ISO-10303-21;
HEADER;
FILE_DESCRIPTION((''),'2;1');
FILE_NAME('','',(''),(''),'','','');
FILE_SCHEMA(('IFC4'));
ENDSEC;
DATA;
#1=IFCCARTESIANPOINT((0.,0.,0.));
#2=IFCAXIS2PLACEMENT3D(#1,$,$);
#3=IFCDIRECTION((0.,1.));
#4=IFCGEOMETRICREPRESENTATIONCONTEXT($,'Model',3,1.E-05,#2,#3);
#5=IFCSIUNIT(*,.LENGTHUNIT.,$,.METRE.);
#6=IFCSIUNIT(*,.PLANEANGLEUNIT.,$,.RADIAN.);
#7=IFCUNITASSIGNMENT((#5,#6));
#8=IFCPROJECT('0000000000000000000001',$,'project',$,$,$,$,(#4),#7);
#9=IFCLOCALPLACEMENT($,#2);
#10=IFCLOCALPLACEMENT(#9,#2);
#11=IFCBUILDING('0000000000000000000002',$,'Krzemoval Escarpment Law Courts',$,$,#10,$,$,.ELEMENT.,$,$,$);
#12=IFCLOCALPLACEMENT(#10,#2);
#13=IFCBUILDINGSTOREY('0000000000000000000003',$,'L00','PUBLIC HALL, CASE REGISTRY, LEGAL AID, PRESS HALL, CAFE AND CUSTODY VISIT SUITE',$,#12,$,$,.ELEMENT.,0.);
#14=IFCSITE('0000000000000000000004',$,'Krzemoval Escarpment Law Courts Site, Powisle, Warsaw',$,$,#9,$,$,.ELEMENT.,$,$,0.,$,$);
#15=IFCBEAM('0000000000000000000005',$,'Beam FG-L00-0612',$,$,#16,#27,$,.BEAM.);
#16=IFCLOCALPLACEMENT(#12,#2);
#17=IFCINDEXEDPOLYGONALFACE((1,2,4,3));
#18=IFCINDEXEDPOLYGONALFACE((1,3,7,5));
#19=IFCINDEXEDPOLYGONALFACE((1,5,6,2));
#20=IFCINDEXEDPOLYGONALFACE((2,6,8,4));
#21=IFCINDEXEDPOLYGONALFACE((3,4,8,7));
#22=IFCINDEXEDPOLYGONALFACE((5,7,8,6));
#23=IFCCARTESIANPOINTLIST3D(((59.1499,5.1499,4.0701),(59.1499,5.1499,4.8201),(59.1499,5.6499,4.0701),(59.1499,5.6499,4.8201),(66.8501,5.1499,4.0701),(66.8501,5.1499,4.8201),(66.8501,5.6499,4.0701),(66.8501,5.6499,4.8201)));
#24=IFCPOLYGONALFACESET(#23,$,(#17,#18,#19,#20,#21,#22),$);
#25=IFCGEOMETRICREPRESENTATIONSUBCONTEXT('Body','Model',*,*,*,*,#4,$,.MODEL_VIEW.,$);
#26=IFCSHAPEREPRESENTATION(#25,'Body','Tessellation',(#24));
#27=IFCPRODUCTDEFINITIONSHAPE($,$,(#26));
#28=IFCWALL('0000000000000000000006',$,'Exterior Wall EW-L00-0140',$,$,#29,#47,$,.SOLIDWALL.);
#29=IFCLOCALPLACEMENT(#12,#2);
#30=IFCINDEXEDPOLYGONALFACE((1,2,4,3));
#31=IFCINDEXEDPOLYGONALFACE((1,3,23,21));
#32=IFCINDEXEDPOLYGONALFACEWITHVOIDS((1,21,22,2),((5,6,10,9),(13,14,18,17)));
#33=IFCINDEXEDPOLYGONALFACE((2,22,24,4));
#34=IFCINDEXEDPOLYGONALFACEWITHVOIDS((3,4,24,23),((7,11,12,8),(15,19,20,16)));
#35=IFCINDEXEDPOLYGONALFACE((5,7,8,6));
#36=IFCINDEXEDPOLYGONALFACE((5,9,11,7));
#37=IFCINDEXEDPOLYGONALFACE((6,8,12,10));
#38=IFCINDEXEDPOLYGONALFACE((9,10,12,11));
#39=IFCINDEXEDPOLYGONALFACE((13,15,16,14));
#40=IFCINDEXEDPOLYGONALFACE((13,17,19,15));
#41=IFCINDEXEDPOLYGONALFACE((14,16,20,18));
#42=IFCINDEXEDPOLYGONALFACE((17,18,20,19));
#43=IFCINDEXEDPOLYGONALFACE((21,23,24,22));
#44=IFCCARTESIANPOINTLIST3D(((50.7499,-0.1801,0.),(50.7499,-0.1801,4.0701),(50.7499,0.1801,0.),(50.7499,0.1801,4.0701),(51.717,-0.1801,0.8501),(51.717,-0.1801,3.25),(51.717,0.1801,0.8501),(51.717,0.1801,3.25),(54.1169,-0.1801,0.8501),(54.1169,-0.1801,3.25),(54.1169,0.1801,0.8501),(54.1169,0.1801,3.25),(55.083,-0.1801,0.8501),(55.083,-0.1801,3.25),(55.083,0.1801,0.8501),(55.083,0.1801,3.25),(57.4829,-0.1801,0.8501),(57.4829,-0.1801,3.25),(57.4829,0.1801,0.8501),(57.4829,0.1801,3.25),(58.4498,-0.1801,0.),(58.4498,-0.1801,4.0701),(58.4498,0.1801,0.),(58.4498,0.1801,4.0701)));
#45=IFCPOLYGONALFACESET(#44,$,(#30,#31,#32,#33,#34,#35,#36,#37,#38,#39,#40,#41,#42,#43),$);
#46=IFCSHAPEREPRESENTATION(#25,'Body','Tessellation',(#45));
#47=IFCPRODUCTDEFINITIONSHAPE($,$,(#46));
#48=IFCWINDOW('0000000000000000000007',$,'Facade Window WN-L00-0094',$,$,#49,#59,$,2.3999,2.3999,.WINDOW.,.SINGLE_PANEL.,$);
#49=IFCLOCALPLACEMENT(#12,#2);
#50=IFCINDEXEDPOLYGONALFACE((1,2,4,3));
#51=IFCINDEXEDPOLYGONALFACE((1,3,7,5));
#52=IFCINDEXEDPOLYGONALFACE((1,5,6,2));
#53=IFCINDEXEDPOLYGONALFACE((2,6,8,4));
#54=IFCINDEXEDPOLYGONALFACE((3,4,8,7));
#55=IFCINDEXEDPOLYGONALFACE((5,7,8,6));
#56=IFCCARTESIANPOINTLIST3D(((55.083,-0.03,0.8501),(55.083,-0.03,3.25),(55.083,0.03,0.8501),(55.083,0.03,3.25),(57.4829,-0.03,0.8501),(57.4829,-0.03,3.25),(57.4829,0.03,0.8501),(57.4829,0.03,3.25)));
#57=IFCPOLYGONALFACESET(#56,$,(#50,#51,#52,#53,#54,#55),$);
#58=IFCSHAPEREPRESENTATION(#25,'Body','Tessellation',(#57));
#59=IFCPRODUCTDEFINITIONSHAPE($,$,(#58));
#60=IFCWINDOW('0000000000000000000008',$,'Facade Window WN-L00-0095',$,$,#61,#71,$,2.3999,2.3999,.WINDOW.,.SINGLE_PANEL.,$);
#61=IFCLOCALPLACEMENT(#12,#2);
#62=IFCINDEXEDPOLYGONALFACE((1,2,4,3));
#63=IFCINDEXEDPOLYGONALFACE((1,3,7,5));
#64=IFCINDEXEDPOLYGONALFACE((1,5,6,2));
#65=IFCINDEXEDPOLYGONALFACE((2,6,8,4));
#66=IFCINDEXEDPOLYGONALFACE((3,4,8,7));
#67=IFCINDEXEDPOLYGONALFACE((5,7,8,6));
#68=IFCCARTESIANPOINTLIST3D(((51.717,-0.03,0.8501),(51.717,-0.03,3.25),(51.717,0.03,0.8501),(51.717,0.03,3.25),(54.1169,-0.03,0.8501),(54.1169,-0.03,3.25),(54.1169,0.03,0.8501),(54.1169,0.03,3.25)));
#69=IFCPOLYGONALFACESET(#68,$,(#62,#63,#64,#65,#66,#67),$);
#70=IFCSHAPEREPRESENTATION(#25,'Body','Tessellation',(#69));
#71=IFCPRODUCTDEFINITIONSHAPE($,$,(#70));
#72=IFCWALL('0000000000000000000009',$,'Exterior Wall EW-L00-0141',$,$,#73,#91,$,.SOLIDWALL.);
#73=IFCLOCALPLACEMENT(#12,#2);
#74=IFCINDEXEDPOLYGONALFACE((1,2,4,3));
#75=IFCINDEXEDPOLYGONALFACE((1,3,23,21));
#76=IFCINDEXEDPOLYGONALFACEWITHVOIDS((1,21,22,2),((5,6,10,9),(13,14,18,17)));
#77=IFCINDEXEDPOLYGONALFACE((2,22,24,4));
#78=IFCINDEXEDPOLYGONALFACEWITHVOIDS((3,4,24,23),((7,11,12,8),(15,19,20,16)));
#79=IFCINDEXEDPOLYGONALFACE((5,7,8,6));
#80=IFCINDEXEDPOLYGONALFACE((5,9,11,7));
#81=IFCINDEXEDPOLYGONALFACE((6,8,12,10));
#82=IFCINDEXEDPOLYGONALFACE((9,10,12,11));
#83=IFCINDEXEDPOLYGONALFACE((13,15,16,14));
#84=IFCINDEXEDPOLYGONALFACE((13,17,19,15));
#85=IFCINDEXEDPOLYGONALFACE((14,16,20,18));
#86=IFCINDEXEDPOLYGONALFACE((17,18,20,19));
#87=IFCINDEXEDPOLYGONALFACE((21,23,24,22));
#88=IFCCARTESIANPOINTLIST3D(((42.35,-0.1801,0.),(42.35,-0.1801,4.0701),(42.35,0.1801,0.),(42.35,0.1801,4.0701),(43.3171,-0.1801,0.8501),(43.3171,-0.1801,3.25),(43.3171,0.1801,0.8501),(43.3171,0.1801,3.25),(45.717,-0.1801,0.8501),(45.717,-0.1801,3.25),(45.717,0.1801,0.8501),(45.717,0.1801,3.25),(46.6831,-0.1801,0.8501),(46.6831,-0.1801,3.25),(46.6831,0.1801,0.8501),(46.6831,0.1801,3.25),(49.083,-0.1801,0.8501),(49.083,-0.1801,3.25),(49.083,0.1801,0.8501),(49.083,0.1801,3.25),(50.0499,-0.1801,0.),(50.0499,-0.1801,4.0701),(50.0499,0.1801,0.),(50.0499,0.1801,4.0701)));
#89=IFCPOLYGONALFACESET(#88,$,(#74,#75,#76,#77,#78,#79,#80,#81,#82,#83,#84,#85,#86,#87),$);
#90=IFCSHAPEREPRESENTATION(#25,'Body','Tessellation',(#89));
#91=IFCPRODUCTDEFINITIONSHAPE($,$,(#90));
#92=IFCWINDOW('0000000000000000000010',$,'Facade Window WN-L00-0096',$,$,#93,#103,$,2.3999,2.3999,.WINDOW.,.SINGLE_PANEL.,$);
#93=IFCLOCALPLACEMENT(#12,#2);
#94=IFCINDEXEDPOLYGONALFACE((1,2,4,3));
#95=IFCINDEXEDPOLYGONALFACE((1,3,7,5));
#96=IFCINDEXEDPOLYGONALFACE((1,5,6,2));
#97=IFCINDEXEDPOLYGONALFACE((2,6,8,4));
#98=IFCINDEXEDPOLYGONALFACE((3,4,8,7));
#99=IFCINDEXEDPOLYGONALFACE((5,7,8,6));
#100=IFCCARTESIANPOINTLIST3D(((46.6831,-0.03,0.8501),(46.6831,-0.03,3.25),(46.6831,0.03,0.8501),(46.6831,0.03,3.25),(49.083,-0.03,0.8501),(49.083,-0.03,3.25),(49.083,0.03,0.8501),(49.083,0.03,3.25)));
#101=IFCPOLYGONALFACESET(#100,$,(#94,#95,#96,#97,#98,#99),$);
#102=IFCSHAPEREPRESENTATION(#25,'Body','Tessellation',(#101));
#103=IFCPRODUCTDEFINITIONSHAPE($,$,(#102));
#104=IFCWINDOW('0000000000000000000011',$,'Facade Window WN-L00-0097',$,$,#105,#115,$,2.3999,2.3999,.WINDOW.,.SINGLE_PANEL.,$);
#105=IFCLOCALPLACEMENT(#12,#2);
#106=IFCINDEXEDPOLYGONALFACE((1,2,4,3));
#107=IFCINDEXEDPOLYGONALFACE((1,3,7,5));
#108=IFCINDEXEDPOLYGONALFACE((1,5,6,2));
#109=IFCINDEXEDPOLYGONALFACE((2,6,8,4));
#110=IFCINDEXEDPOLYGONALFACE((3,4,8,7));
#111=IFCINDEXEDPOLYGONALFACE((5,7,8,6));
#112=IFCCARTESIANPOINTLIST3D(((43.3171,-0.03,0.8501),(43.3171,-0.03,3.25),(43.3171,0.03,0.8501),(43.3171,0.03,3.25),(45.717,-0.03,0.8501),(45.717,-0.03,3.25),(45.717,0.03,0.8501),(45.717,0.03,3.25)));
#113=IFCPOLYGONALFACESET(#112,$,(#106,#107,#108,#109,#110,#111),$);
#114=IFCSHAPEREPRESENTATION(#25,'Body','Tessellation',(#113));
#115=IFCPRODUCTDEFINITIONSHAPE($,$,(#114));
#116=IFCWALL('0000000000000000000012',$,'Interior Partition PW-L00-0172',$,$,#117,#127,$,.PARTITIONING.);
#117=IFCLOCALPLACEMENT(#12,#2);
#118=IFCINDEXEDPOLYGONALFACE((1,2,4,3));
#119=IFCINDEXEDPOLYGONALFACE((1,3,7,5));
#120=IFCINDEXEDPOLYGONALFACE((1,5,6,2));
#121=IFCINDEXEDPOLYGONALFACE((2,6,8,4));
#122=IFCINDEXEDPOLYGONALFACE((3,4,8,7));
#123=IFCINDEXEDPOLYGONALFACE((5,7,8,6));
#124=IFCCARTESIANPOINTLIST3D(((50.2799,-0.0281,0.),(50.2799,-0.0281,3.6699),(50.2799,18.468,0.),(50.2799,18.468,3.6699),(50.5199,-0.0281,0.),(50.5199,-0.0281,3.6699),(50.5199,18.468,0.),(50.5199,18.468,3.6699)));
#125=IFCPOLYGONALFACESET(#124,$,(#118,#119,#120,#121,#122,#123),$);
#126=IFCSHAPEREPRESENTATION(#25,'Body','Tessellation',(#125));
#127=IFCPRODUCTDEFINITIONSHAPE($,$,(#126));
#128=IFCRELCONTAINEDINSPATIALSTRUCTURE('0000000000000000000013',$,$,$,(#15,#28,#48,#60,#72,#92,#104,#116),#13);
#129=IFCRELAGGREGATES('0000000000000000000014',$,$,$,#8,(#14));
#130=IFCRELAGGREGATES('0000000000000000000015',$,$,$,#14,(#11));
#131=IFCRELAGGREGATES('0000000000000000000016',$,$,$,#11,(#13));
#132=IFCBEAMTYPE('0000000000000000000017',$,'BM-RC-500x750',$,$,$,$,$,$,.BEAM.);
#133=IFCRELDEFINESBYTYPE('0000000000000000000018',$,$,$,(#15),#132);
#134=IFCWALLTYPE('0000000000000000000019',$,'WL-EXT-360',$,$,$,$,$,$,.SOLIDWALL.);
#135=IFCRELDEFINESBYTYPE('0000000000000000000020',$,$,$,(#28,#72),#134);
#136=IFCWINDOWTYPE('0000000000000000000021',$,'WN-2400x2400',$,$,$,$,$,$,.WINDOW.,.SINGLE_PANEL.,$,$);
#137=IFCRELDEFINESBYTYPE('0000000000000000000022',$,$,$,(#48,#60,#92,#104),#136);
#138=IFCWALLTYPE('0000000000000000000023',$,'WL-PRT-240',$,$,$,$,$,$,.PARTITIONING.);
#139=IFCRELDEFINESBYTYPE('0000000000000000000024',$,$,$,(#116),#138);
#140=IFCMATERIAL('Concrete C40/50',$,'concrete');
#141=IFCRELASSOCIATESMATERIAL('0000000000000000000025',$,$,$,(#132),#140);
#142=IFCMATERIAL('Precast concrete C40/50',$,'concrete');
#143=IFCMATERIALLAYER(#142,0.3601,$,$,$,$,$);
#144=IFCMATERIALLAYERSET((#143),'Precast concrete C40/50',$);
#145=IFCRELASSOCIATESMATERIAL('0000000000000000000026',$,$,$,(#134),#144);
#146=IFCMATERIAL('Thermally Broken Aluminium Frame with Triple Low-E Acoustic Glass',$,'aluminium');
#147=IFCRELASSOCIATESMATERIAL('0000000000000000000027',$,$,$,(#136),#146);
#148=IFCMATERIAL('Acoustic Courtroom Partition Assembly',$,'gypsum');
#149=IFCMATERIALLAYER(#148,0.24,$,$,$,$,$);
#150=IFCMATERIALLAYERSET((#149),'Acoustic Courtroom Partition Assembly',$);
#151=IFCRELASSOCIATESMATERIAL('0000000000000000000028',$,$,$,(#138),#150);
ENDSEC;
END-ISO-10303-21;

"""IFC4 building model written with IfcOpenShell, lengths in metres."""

from ifc_helpers import new_model, si_unit, direction, frame, frame_2d, origin, origin_2d, place, context, subcontext, project, spatial, rectangle, extrude, material, layer, layer_set, material_profile, profile_set, type_object, element, fill, save


model = new_model("IFC4")

# Units and contexts
model_context = context("Model", 3, precision=1e-05, world=origin(), true_north=direction((0.0, 1.0)))
body_context = subcontext(model_context, "Body", "Model", "MODEL_VIEW")
ifc_project = project(units=[si_unit("LENGTHUNIT", "METRE"), si_unit("PLANEANGLEUNIT", "RADIAN")], contexts=[model_context])

# Site, building, storey
site_placement = place(None, origin())
site = spatial("IfcSite", under=ifc_project, at=site_placement, Name="Krzemoval Escarpment Law Courts Site, Powisle, Warsaw", CompositionType="ELEMENT", RefElevation=0.0)
building_placement = place(site_placement, origin())
building = spatial("IfcBuilding", under=site, at=building_placement, Name="Krzemoval Escarpment Law Courts", CompositionType="ELEMENT")
storey_placement = place(building_placement, origin())
storey = spatial("IfcBuildingStorey", under=building, at=storey_placement, Name="L00", Description="PUBLIC HALL, CASE REGISTRY, LEGAL AID, PRESS HALL, CAFE AND CUSTODY VISIT SUITE", CompositionType="ELEMENT", Elevation=0.0)

# Beam
ifc_material_1 = material(Name="Concrete C40/50", Category="concrete")
ifc_material_profile_1 = material_profile(ifc_material_1, rectangle(XDim=0.5, YDim=0.75, at=origin_2d()), Name="RCB 500x750")
ifc_profile_set_1 = profile_set([ifc_material_profile_1], Name="Concrete C40/50")
beam_type_1 = type_object("IfcBeamType", Name="BM-RC-500x750", PredefinedType="BEAM", material=ifc_profile_set_1)
beam_1_placement = place(storey_placement, frame((59.1499, 5.3999, 4.4451), z_axis=(1.0, 0.0, 0.0), x_axis=(0.0, 1.0, 0.0)))
element("IfcBeam", 1, at=beam_1_placement, inside=storey, type_object=beam_type_1, Name="Beam FG-L00-0612", PredefinedType="BEAM", context=body_context, shape_type="SweptSolid", body=[
    extrude(rectangle(XDim=0.5, YDim=0.75, at=origin_2d()), origin(), (0.0, 0.0, 1.0), 7.7002),
])

# Walls, openings, windows
ifc_material_2 = material(Name="Precast concrete C40/50", Category="concrete")
ifc_layer_1 = layer(ifc_material_2, 0.3601)
ifc_layer_set_1 = layer_set([ifc_layer_1], Name="Precast concrete C40/50")
wall_type_1 = type_object("IfcWallType", Name="WL-EXT-360", PredefinedType="SOLIDWALL", material=ifc_layer_set_1)
wall_1_placement = place(storey_placement, frame((58.45, 0.0, 0.0), z_axis=(0.0, 0.0, 1.0), x_axis=(-1.0, 0.0, 0.0)))
wall_1 = element("IfcWall", 2, at=wall_1_placement, inside=storey, type_object=wall_type_1, Name="Exterior Wall EW-L00-0140", PredefinedType="SOLIDWALL", context=body_context, shape_type="SweptSolid", body=[
    extrude(rectangle(XDim=7.7, YDim=0.3601, at=frame_2d((3.8501, 0.0))), origin(), (0.0, 0.0, 1.0), 4.0701),
])
opening_1_placement = place(wall_1_placement, frame((0.967, 0.0, 0.8501)))
opening_1 = element("IfcOpeningElement", 3, at=opening_1_placement, cuts=wall_1, PredefinedType="OPENING", context=body_context, shape_type="SweptSolid", body=[
    extrude(rectangle(XDim=2.3999, YDim=2.3999, at=frame_2d((1.2, 1.2))), frame((0.0, 0.1951, 0.0), z_axis=(0.0, -1.0, 0.0), x_axis=(1.0, 0.0, 0.0)), (0.0, 0.0, 1.0), 0.3901),
])
opening_2_placement = place(wall_1_placement, frame((4.333, 0.0, 0.8501)))
opening_2 = element("IfcOpeningElement", 4, at=opening_2_placement, cuts=wall_1, PredefinedType="OPENING", context=body_context, shape_type="SweptSolid", body=[
    extrude(rectangle(XDim=2.3999, YDim=2.3999, at=frame_2d((1.2, 1.2))), frame((0.0, 0.1951, 0.0), z_axis=(0.0, -1.0, 0.0), x_axis=(1.0, 0.0, 0.0)), (0.0, 0.0, 1.0), 0.3901),
])
ifc_material_3 = material(Name="Thermally Broken Aluminium Frame with Triple Low-E Acoustic Glass", Category="aluminium")
window_type = type_object("IfcWindowType", Name="WN-2400x2400", PartitioningType="SINGLE_PANEL", PredefinedType="WINDOW", material=ifc_material_3)
window_1_placement = place(opening_1_placement, origin())
window_1 = element("IfcWindow", 5, at=window_1_placement, inside=storey, type_object=window_type, Name="Facade Window WN-L00-0094", OverallHeight=2.3999, OverallWidth=2.3999, PartitioningType="SINGLE_PANEL", PredefinedType="WINDOW", context=body_context, shape_type="SweptSolid", body=[
    extrude(rectangle(XDim=2.3999, YDim=2.3999, at=frame_2d((1.2, 1.2))), frame((0.0, 0.03, 0.0), z_axis=(0.0, -1.0, 0.0), x_axis=(1.0, 0.0, 0.0)), (0.0, 0.0, 1.0), 0.0601),
])
fill(opening_1, window_1)
window_2_placement = place(opening_2_placement, origin())
window_2 = element("IfcWindow", 6, at=window_2_placement, inside=storey, type_object=window_type, Name="Facade Window WN-L00-0095", OverallHeight=2.3999, OverallWidth=2.3999, PartitioningType="SINGLE_PANEL", PredefinedType="WINDOW", context=body_context, shape_type="SweptSolid", body=[
    extrude(rectangle(XDim=2.3999, YDim=2.3999, at=frame_2d((1.2, 1.2))), frame((0.0, 0.03, 0.0), z_axis=(0.0, -1.0, 0.0), x_axis=(1.0, 0.0, 0.0)), (0.0, 0.0, 1.0), 0.0601),
])
fill(opening_2, window_2)
wall_2_placement = place(storey_placement, frame((50.05, 0.0, 0.0), z_axis=(0.0, 0.0, 1.0), x_axis=(-1.0, 0.0, 0.0)))
wall_2 = element("IfcWall", 7, at=wall_2_placement, inside=storey, type_object=wall_type_1, Name="Exterior Wall EW-L00-0141", PredefinedType="SOLIDWALL", context=body_context, shape_type="SweptSolid", body=[
    extrude(rectangle(XDim=7.7, YDim=0.3601, at=frame_2d((3.8501, 0.0))), origin(), (0.0, 0.0, 1.0), 4.0701),
])
opening_3_placement = place(wall_2_placement, frame((0.967, 0.0, 0.8501)))
opening_3 = element("IfcOpeningElement", 8, at=opening_3_placement, cuts=wall_2, PredefinedType="OPENING", context=body_context, shape_type="SweptSolid", body=[
    extrude(rectangle(XDim=2.3999, YDim=2.3999, at=frame_2d((1.2, 1.2))), frame((0.0, 0.1951, 0.0), z_axis=(0.0, -1.0, 0.0), x_axis=(1.0, 0.0, 0.0)), (0.0, 0.0, 1.0), 0.3901),
])
opening_4_placement = place(wall_2_placement, frame((4.333, 0.0, 0.8501)))
opening_4 = element("IfcOpeningElement", 9, at=opening_4_placement, cuts=wall_2, PredefinedType="OPENING", context=body_context, shape_type="SweptSolid", body=[
    extrude(rectangle(XDim=2.3999, YDim=2.3999, at=frame_2d((1.2, 1.2))), frame((0.0, 0.1951, 0.0), z_axis=(0.0, -1.0, 0.0), x_axis=(1.0, 0.0, 0.0)), (0.0, 0.0, 1.0), 0.3901),
])
window_3_placement = place(opening_3_placement, origin())
window_3 = element("IfcWindow", 10, at=window_3_placement, inside=storey, type_object=window_type, Name="Facade Window WN-L00-0096", OverallHeight=2.3999, OverallWidth=2.3999, PartitioningType="SINGLE_PANEL", PredefinedType="WINDOW", context=body_context, shape_type="SweptSolid", body=[
    extrude(rectangle(XDim=2.3999, YDim=2.3999, at=frame_2d((1.2, 1.2))), frame((0.0, 0.03, 0.0), z_axis=(0.0, -1.0, 0.0), x_axis=(1.0, 0.0, 0.0)), (0.0, 0.0, 1.0), 0.0601),
])
fill(opening_3, window_3)
window_4_placement = place(opening_4_placement, origin())
window_4 = element("IfcWindow", 11, at=window_4_placement, inside=storey, type_object=window_type, Name="Facade Window WN-L00-0097", OverallHeight=2.3999, OverallWidth=2.3999, PartitioningType="SINGLE_PANEL", PredefinedType="WINDOW", context=body_context, shape_type="SweptSolid", body=[
    extrude(rectangle(XDim=2.3999, YDim=2.3999, at=frame_2d((1.2, 1.2))), frame((0.0, 0.03, 0.0), z_axis=(0.0, -1.0, 0.0), x_axis=(1.0, 0.0, 0.0)), (0.0, 0.0, 1.0), 0.0601),
])
fill(opening_4, window_4)

# Wall
ifc_material_4 = material(Name="Acoustic Courtroom Partition Assembly", Category="gypsum")
ifc_layer_2 = layer(ifc_material_4, 0.24)
ifc_layer_set_2 = layer_set([ifc_layer_2], Name="Acoustic Courtroom Partition Assembly")
wall_type_2 = type_object("IfcWallType", Name="WL-PRT-240", PredefinedType="PARTITIONING", material=ifc_layer_set_2)
wall_3_placement = place(storey_placement, frame((50.3999, -0.0281, 0.0), z_axis=(0.0, 0.0, 1.0), x_axis=(0.0, 1.0, 0.0)))
element("IfcWall", 12, at=wall_3_placement, inside=storey, type_object=wall_type_2, Name="Interior Partition PW-L00-0172", PredefinedType="PARTITIONING", context=body_context, shape_type="SweptSolid", body=[
    extrude(rectangle(XDim=18.4961, YDim=0.24, at=frame_2d((9.248, 0.0))), origin(), (0.0, 0.0, 1.0), 3.6699),
])

save(model, "model.ifc")
